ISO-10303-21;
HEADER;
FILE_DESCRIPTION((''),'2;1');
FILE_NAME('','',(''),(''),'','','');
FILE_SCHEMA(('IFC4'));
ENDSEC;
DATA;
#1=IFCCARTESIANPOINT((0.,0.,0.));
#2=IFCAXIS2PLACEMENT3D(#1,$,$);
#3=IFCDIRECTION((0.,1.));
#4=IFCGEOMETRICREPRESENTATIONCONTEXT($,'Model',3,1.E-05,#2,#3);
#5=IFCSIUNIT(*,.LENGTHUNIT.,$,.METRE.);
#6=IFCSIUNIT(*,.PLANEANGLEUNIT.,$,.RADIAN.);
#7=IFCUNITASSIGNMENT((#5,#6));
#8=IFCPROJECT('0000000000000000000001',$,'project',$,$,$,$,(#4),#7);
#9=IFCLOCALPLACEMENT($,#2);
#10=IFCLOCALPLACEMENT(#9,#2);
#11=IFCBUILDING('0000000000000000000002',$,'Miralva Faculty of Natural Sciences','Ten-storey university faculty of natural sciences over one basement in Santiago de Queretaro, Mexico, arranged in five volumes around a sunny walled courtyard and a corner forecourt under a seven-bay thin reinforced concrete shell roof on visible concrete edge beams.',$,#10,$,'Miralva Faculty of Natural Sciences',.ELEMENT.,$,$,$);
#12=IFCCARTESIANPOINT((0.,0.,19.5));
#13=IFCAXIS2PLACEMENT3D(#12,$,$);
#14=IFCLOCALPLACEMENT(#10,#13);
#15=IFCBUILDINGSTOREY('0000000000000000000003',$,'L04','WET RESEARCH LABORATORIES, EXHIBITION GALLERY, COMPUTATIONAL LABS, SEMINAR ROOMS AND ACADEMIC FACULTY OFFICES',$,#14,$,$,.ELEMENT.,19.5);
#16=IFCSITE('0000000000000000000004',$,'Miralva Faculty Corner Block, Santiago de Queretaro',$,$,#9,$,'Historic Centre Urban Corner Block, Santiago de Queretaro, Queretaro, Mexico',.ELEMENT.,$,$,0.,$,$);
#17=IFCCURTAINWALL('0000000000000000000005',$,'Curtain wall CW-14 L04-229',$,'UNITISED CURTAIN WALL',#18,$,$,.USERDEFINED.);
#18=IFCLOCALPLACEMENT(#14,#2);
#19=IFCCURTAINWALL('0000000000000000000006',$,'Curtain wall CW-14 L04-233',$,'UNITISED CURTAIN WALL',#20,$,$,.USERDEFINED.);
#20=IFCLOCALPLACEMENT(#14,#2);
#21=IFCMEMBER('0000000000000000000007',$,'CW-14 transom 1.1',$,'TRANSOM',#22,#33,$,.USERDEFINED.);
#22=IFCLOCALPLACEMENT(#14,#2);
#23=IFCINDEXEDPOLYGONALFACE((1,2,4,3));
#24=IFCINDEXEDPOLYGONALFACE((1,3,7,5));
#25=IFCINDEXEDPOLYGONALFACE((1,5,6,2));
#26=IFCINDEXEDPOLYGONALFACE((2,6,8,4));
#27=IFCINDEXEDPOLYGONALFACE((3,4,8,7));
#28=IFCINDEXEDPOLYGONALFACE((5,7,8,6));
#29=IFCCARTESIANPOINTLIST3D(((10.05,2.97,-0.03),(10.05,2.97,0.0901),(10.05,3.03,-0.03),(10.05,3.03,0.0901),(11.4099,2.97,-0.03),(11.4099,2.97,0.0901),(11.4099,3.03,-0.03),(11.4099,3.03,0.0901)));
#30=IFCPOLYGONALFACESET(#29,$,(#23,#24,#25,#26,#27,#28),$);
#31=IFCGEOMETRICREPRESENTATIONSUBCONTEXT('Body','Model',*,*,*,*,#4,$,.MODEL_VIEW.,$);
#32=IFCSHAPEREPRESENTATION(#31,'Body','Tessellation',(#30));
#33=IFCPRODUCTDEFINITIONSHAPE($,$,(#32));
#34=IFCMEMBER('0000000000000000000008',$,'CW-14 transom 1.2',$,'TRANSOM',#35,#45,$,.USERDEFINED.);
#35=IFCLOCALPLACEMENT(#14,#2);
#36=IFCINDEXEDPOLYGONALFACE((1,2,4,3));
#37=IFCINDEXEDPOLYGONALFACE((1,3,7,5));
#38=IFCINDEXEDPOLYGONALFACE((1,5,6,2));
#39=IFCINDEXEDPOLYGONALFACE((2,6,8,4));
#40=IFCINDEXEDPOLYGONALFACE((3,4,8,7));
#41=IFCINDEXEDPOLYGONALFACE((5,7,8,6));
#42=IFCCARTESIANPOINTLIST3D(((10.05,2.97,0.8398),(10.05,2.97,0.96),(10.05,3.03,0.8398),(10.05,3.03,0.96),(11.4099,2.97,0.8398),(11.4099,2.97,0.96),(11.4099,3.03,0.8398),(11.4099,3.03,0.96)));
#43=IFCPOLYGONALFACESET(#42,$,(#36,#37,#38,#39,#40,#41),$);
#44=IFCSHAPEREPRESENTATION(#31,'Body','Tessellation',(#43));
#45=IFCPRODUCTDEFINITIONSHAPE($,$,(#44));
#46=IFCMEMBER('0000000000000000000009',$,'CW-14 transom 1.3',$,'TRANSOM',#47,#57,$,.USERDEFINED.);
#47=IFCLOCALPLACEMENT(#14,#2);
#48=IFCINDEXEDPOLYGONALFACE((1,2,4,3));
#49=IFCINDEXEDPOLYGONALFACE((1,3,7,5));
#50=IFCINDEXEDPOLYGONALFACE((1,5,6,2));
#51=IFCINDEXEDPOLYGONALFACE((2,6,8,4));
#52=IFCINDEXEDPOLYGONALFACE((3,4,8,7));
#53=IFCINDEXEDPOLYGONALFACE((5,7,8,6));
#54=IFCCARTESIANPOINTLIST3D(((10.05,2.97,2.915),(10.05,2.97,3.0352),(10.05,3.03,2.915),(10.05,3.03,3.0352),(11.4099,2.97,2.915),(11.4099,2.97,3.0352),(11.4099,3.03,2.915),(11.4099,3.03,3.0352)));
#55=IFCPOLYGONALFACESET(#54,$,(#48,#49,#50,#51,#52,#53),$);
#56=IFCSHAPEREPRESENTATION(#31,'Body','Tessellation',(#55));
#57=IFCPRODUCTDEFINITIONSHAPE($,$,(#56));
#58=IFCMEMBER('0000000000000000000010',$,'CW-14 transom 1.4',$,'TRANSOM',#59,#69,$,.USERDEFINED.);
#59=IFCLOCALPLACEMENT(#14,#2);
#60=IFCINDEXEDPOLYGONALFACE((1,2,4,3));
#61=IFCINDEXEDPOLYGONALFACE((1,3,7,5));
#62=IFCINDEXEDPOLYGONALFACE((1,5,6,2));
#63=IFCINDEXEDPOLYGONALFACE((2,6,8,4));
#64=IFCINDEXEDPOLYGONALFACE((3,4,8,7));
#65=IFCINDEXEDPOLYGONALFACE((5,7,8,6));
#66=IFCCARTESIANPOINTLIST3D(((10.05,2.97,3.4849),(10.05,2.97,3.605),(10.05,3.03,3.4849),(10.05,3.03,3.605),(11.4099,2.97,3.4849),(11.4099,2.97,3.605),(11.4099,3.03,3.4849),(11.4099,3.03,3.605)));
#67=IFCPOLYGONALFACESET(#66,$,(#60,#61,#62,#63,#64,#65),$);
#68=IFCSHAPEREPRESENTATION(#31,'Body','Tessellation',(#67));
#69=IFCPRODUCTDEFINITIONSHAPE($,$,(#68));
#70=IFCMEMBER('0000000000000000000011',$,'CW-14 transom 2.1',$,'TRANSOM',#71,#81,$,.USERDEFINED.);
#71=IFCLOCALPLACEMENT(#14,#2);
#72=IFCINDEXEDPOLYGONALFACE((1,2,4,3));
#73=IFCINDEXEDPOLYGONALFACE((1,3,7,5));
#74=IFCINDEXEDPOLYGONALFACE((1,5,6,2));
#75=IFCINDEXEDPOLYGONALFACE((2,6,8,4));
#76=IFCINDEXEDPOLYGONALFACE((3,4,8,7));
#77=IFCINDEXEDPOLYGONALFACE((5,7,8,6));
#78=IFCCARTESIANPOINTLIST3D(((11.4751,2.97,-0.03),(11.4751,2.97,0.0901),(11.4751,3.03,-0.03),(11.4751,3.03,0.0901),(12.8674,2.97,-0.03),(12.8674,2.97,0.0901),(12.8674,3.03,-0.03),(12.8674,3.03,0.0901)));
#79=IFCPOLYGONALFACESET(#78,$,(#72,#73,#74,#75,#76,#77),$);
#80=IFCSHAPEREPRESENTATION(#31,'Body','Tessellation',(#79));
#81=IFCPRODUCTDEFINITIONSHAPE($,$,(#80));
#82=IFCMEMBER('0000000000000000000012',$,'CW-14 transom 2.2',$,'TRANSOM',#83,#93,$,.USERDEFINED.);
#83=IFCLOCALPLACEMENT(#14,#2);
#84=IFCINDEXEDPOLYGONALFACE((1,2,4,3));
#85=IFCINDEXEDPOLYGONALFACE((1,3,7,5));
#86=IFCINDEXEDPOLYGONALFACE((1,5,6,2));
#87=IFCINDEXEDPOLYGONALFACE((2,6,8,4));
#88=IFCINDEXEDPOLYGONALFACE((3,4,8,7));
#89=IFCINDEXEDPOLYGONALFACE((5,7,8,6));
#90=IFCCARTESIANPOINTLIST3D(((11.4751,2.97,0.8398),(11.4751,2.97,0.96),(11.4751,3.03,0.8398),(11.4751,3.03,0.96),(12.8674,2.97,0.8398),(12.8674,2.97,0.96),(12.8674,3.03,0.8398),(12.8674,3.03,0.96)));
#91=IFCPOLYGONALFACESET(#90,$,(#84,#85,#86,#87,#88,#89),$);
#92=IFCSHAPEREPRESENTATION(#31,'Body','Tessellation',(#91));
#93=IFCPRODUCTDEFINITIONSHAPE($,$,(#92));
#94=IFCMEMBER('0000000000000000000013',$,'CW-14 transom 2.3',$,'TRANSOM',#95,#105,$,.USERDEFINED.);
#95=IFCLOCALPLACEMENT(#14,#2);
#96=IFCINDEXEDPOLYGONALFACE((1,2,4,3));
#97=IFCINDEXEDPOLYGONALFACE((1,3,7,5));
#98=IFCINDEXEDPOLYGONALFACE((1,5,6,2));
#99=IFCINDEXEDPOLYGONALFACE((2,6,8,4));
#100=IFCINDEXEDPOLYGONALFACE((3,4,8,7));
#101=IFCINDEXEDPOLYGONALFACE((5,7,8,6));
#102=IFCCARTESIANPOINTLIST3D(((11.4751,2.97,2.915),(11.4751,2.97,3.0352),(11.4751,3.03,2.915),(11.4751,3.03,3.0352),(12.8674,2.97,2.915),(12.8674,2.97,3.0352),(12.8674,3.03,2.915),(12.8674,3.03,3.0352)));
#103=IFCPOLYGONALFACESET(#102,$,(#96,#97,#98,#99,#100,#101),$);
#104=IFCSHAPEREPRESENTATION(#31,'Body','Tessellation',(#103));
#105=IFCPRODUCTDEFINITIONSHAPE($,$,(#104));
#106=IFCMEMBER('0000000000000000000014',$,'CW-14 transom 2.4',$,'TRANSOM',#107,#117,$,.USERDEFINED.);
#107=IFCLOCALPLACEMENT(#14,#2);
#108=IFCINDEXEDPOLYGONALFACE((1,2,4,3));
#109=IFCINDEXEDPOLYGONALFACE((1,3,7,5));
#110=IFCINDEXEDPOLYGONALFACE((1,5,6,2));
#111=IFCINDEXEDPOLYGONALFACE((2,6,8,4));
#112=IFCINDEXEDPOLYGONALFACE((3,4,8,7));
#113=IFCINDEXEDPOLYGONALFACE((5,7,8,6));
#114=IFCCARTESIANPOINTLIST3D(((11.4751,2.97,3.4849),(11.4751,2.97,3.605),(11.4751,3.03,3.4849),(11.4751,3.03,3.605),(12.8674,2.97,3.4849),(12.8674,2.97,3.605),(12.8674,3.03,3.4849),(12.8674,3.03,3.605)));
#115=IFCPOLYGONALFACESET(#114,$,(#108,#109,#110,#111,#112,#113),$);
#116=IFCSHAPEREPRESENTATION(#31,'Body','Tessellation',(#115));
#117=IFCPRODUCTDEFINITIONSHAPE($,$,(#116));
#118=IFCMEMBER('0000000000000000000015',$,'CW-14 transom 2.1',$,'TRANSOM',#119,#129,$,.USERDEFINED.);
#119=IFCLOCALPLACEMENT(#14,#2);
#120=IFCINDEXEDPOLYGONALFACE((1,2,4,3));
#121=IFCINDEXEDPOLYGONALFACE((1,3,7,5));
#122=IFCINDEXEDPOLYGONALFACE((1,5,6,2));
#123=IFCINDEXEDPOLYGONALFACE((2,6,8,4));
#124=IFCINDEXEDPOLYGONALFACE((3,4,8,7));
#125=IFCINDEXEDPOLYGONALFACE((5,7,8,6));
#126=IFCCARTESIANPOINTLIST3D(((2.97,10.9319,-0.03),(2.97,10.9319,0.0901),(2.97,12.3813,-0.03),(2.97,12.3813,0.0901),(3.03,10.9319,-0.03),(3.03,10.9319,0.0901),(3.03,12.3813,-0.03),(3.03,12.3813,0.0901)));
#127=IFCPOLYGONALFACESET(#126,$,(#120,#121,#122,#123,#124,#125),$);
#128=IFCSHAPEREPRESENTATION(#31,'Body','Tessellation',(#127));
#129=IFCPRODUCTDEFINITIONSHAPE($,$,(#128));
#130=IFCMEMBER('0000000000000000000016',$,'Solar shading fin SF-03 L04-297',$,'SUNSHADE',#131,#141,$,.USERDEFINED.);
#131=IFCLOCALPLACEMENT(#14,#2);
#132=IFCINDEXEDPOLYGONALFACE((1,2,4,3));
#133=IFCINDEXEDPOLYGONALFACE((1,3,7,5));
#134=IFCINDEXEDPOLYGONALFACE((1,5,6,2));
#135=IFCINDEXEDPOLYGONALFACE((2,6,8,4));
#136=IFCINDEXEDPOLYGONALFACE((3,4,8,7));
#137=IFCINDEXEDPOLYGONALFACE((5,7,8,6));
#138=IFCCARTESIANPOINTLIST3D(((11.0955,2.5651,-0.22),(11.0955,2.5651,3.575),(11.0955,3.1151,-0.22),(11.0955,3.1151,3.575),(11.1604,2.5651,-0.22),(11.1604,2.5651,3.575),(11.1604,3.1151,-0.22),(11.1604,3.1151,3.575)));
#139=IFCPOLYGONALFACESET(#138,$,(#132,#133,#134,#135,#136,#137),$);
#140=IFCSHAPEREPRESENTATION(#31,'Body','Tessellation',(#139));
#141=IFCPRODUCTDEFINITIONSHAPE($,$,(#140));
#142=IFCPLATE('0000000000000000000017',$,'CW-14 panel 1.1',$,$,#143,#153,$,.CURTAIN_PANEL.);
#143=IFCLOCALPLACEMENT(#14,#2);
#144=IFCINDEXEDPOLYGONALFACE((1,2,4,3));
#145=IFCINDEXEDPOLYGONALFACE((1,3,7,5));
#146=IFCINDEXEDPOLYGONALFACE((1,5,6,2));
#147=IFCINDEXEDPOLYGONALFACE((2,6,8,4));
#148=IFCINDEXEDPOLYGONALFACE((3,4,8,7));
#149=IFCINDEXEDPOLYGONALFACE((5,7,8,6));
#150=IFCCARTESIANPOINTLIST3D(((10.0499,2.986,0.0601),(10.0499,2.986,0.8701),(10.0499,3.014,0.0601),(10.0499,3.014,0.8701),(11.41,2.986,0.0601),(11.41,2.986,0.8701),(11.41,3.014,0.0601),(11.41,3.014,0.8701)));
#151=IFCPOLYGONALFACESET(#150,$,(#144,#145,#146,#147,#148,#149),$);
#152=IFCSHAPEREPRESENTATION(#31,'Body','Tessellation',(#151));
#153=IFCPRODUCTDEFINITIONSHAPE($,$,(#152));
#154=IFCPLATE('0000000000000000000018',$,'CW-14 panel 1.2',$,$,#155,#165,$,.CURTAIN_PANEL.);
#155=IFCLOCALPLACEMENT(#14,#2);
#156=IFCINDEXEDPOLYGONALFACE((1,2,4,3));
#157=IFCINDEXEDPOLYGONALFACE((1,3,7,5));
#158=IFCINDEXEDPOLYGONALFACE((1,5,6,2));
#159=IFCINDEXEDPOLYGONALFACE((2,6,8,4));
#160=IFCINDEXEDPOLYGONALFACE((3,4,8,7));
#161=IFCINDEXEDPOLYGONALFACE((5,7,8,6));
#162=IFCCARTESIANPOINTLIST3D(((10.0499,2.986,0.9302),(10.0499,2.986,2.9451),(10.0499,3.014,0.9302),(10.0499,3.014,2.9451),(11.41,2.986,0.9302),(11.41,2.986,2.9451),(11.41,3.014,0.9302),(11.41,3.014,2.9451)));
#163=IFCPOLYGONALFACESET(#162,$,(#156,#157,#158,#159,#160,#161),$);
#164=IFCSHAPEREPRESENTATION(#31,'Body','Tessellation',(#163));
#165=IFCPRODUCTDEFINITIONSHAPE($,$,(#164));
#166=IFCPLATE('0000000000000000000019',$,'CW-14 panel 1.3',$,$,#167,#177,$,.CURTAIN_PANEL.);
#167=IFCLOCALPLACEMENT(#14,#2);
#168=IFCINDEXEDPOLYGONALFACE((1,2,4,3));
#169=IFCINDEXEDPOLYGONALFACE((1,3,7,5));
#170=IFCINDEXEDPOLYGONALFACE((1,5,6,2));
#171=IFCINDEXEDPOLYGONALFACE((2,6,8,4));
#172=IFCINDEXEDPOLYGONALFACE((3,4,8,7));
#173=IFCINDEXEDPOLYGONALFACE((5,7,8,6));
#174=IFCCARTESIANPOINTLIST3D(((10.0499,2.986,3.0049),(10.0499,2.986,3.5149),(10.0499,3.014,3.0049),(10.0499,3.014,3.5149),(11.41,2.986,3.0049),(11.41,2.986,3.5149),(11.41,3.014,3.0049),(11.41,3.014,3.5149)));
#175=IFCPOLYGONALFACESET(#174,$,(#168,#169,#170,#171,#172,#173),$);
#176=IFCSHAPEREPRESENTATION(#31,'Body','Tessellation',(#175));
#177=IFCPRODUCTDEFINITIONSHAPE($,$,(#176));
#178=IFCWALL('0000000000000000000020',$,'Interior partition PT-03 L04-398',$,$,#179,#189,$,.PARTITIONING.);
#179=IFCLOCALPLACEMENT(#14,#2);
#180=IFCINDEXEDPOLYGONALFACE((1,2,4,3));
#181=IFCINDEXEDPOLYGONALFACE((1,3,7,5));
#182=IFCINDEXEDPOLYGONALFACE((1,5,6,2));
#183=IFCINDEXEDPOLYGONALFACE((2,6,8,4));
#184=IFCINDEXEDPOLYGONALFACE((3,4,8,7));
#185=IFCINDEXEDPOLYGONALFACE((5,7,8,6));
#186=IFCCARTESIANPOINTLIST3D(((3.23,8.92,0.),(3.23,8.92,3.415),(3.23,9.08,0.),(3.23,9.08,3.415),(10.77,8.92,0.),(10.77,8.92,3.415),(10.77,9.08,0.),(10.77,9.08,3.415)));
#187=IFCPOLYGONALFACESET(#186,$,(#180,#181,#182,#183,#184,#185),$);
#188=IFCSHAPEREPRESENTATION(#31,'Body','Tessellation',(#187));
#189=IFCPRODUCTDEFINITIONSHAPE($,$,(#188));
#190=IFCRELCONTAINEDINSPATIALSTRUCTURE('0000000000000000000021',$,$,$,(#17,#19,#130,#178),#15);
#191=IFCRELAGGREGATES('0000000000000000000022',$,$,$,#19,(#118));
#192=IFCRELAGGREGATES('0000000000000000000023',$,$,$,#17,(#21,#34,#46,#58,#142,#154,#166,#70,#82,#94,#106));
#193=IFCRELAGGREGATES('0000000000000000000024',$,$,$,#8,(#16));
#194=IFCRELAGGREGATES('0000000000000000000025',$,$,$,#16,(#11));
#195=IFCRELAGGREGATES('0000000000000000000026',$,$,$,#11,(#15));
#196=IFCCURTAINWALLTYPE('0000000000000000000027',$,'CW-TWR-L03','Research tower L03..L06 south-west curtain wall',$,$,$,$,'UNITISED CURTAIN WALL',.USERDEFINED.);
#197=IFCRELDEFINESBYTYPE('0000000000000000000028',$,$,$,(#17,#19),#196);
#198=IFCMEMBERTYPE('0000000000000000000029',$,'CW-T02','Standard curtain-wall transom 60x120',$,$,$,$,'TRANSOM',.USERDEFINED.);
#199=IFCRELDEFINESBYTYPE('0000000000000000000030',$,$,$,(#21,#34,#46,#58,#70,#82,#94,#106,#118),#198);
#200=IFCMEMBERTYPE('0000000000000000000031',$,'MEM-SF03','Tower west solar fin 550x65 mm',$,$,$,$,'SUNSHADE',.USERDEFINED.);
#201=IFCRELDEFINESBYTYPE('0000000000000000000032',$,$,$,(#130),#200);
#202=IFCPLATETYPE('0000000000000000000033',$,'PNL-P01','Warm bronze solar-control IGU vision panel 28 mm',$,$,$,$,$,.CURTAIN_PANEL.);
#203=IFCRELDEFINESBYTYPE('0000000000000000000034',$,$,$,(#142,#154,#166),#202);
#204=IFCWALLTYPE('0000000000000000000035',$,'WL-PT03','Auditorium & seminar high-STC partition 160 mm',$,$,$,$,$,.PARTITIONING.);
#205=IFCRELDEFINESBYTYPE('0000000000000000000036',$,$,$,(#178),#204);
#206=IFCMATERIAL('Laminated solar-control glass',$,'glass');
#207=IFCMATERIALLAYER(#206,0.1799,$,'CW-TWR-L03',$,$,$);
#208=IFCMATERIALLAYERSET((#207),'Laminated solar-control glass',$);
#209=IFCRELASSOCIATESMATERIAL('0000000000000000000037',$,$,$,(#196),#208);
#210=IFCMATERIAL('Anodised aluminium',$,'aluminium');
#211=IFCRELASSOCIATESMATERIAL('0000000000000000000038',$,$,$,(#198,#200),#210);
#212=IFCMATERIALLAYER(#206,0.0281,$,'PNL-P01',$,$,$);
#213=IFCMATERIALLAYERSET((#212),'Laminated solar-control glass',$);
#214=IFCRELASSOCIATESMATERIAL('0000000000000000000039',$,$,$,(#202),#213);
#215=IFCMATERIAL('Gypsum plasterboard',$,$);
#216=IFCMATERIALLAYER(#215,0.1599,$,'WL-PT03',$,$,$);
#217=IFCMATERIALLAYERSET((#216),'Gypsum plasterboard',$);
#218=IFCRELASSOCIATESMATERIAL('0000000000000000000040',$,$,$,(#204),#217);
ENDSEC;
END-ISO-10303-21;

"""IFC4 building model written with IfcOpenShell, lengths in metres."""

from ifc_helpers import new_model, si_unit, direction, frame, frame_2d, origin, origin_2d, place, context, subcontext, project, spatial, rectangle, extrude, material, layer, layer_set, material_profile, profile_set, type_object, element, aggregate, save


model = new_model("IFC4")

# Units and contexts
model_context = context("Model", 3, precision=1e-05, world=origin(), true_north=direction((0.0, 1.0)))
body_context = subcontext(model_context, "Body", "Model", "MODEL_VIEW")
ifc_project = project(units=[si_unit("LENGTHUNIT", "METRE"), si_unit("PLANEANGLEUNIT", "RADIAN")], contexts=[model_context])

# Site, building, storey
site_placement = place(None, origin())
site = spatial("IfcSite", under=ifc_project, at=site_placement, Name="Miralva Faculty Corner Block, Santiago de Queretaro", LongName="Historic Centre Urban Corner Block, Santiago de Queretaro, Queretaro, Mexico", CompositionType="ELEMENT", RefElevation=0.0)
building_placement = place(site_placement, origin())
building = spatial("IfcBuilding", under=site, at=building_placement, Name="Miralva Faculty of Natural Sciences", Description="Ten-storey university faculty of natural sciences over one basement in Santiago de Queretaro, Mexico, arranged in five volumes around a sunny walled courtyard and a corner forecourt under a seven-bay thin reinforced concrete shell roof on visible concrete edge beams.", LongName="Miralva Faculty of Natural Sciences", CompositionType="ELEMENT")
storey_placement = place(building_placement, frame((0.0, 0.0, 19.5)))
storey = spatial("IfcBuildingStorey", under=building, at=storey_placement, Name="L04", Description="WET RESEARCH LABORATORIES, EXHIBITION GALLERY, COMPUTATIONAL LABS, SEMINAR ROOMS AND ACADEMIC FACULTY OFFICES", CompositionType="ELEMENT", Elevation=19.5)

# Curtain wall
ifc_material_1 = material(Name="Laminated solar-control glass", Category="glass")
ifc_layer_1 = layer(ifc_material_1, 0.1799, Name="CW-TWR-L03")
ifc_layer_set_1 = layer_set([ifc_layer_1], Name="Laminated solar-control glass")
curtain_wall_type = type_object("IfcCurtainWallType", Name="CW-TWR-L03", Description="Research tower L03..L06 south-west curtain wall", ElementType="UNITISED CURTAIN WALL", PredefinedType="USERDEFINED", material=ifc_layer_set_1)
curtain_wall_1_placement = place(storey_placement, origin())
curtain_wall_1 = element("IfcCurtainWall", 1, at=curtain_wall_1_placement, inside=storey, type_object=curtain_wall_type, Name="Curtain wall CW-14 L04-229", ObjectType="UNITISED CURTAIN WALL", PredefinedType="USERDEFINED")
ifc_material_2 = material(Name="Anodised aluminium", Category="aluminium")

# Curtain wall
curtain_wall_2_placement = place(storey_placement, origin())
curtain_wall_2 = element("IfcCurtainWall", 2, at=curtain_wall_2_placement, inside=storey, type_object=curtain_wall_type, Name="Curtain wall CW-14 L04-233", ObjectType="UNITISED CURTAIN WALL", PredefinedType="USERDEFINED")

# Members
ifc_material_profile_1 = material_profile(ifc_material_2, rectangle(XDim=0.0601, YDim=0.1201, at=origin_2d()), Name="TRANSOM 60x120")
ifc_profile_set_1 = profile_set([ifc_material_profile_1], Name="Anodised aluminium")
member_type_1 = type_object("IfcMemberType", Name="CW-T02", Description="Standard curtain-wall transom 60x120", ElementType="TRANSOM", PredefinedType="USERDEFINED", material=ifc_profile_set_1)
member_1_placement = place(storey_placement, frame((10.05, 3.0, 0.03), z_axis=(1.0, 0.0, 0.0), x_axis=(0.0, 1.0, 0.0)))
member_1 = element("IfcMember", 3, at=member_1_placement, type_object=member_type_1, Name="CW-14 transom 1.1", ObjectType="TRANSOM", PredefinedType="USERDEFINED", context=body_context, shape_type="SweptSolid", body=[
    extrude(rectangle(XDim=0.0601, YDim=0.1201, at=origin_2d()), origin(), (0.0, 0.0, 1.0), 1.3599),
])
member_2_placement = place(storey_placement, frame((10.05, 3.0, 0.8999), z_axis=(1.0, 0.0, 0.0), x_axis=(0.0, 1.0, 0.0)))
member_2 = element("IfcMember", 4, at=member_2_placement, type_object=member_type_1, Name="CW-14 transom 1.2", ObjectType="TRANSOM", PredefinedType="USERDEFINED", context=body_context, shape_type="SweptSolid", body=[
    extrude(rectangle(XDim=0.0601, YDim=0.1201, at=origin_2d()), origin(), (0.0, 0.0, 1.0), 1.3599),
])
member_3_placement = place(storey_placement, frame((10.05, 3.0, 2.9751), z_axis=(1.0, 0.0, 0.0), x_axis=(0.0, 1.0, 0.0)))
member_3 = element("IfcMember", 5, at=member_3_placement, type_object=member_type_1, Name="CW-14 transom 1.3", ObjectType="TRANSOM", PredefinedType="USERDEFINED", context=body_context, shape_type="SweptSolid", body=[
    extrude(rectangle(XDim=0.0601, YDim=0.1201, at=origin_2d()), origin(), (0.0, 0.0, 1.0), 1.3599),
])
member_4_placement = place(storey_placement, frame((10.05, 3.0, 3.5449), z_axis=(1.0, 0.0, 0.0), x_axis=(0.0, 1.0, 0.0)))
member_4 = element("IfcMember", 6, at=member_4_placement, type_object=member_type_1, Name="CW-14 transom 1.4", ObjectType="TRANSOM", PredefinedType="USERDEFINED", context=body_context, shape_type="SweptSolid", body=[
    extrude(rectangle(XDim=0.0601, YDim=0.1201, at=origin_2d()), origin(), (0.0, 0.0, 1.0), 1.3599),
])
member_5_placement = place(storey_placement, frame((11.4751, 3.0, 0.03), z_axis=(1.0, 0.0, 0.0), x_axis=(0.0, 1.0, 0.0)))
member_5 = element("IfcMember", 7, at=member_5_placement, type_object=member_type_1, Name="CW-14 transom 2.1", ObjectType="TRANSOM", PredefinedType="USERDEFINED", context=body_context, shape_type="SweptSolid", body=[
    extrude(rectangle(XDim=0.0601, YDim=0.1201, at=origin_2d()), origin(), (0.0, 0.0, 1.0), 1.3923),
])
member_6_placement = place(storey_placement, frame((11.4751, 3.0, 0.8999), z_axis=(1.0, 0.0, 0.0), x_axis=(0.0, 1.0, 0.0)))
member_6 = element("IfcMember", 8, at=member_6_placement, type_object=member_type_1, Name="CW-14 transom 2.2", ObjectType="TRANSOM", PredefinedType="USERDEFINED", context=body_context, shape_type="SweptSolid", body=[
    extrude(rectangle(XDim=0.0601, YDim=0.1201, at=origin_2d()), origin(), (0.0, 0.0, 1.0), 1.3923),
])
member_7_placement = place(storey_placement, frame((11.4751, 3.0, 2.9751), z_axis=(1.0, 0.0, 0.0), x_axis=(0.0, 1.0, 0.0)))
member_7 = element("IfcMember", 9, at=member_7_placement, type_object=member_type_1, Name="CW-14 transom 2.3", ObjectType="TRANSOM", PredefinedType="USERDEFINED", context=body_context, shape_type="SweptSolid", body=[
    extrude(rectangle(XDim=0.0601, YDim=0.1201, at=origin_2d()), origin(), (0.0, 0.0, 1.0), 1.3923),
])
member_8_placement = place(storey_placement, frame((11.4751, 3.0, 3.5449), z_axis=(1.0, 0.0, 0.0), x_axis=(0.0, 1.0, 0.0)))
member_8 = element("IfcMember", 10, at=member_8_placement, type_object=member_type_1, Name="CW-14 transom 2.4", ObjectType="TRANSOM", PredefinedType="USERDEFINED", context=body_context, shape_type="SweptSolid", body=[
    extrude(rectangle(XDim=0.0601, YDim=0.1201, at=origin_2d()), origin(), (0.0, 0.0, 1.0), 1.3923),
])
member_9_placement = place(storey_placement, frame((3.0, 10.9319, 0.03), z_axis=(0.0, 1.0, 0.0), x_axis=(-1.0, 0.0, 0.0)))
member_9 = element("IfcMember", 11, at=member_9_placement, type_object=member_type_1, Name="CW-14 transom 2.1", ObjectType="TRANSOM", PredefinedType="USERDEFINED", context=body_context, shape_type="SweptSolid", body=[
    extrude(rectangle(XDim=0.0601, YDim=0.1201, at=origin_2d()), origin(), (0.0, 0.0, 1.0), 1.4495),
])
aggregate(curtain_wall_2, [member_9])
ifc_material_profile_2 = material_profile(ifc_material_2, rectangle(XDim=0.0649, YDim=0.55, at=origin_2d()), Name="FIN 550x65")
ifc_profile_set_2 = profile_set([ifc_material_profile_2], Name="Anodised aluminium")
member_type_2 = type_object("IfcMemberType", Name="MEM-SF03", Description="Tower west solar fin 550x65 mm", ElementType="SUNSHADE", PredefinedType="USERDEFINED", material=ifc_profile_set_2)
member_10_placement = place(storey_placement, frame((11.1279, 2.8401, -0.22), z_axis=(0.0, 0.0, 1.0), x_axis=(1.0, 0.0, 0.0)))
element("IfcMember", 12, at=member_10_placement, inside=storey, type_object=member_type_2, Name="Solar shading fin SF-03 L04-297", ObjectType="SUNSHADE", PredefinedType="USERDEFINED", context=body_context, shape_type="SweptSolid", body=[
    extrude(rectangle(XDim=0.0649, YDim=0.55, at=origin_2d()), origin(), (0.0, 0.0, 1.0), 3.7949),
])

# Plates
ifc_layer_2 = layer(ifc_material_1, 0.0281, Name="PNL-P01")
ifc_layer_set_2 = layer_set([ifc_layer_2], Name="Laminated solar-control glass")
plate_type = type_object("IfcPlateType", Name="PNL-P01", Description="Warm bronze solar-control IGU vision panel 28 mm", PredefinedType="CURTAIN_PANEL", material=ifc_layer_set_2)
plate_1_placement = place(storey_placement, frame((10.73, 3.0, 0.0601), z_axis=(0.0, 0.0, 1.0), x_axis=(1.0, 0.0, 0.0)))
plate_1 = element("IfcPlate", 13, at=plate_1_placement, type_object=plate_type, Name="CW-14 panel 1.1", PredefinedType="CURTAIN_PANEL", context=body_context, shape_type="SweptSolid", body=[
    extrude(rectangle(XDim=1.3601, YDim=0.0281, at=origin_2d()), origin(), (0.0, 0.0, 1.0), 0.8101),
])
plate_2_placement = place(storey_placement, frame((10.73, 3.0, 0.9302), z_axis=(0.0, 0.0, 1.0), x_axis=(1.0, 0.0, 0.0)))
plate_2 = element("IfcPlate", 14, at=plate_2_placement, type_object=plate_type, Name="CW-14 panel 1.2", PredefinedType="CURTAIN_PANEL", context=body_context, shape_type="SweptSolid", body=[
    extrude(rectangle(XDim=1.3601, YDim=0.0281, at=origin_2d()), origin(), (0.0, 0.0, 1.0), 2.0149),
])
plate_3_placement = place(storey_placement, frame((10.73, 3.0, 3.0049), z_axis=(0.0, 0.0, 1.0), x_axis=(1.0, 0.0, 0.0)))
plate_3 = element("IfcPlate", 15, at=plate_3_placement, type_object=plate_type, Name="CW-14 panel 1.3", PredefinedType="CURTAIN_PANEL", context=body_context, shape_type="SweptSolid", body=[
    extrude(rectangle(XDim=1.3601, YDim=0.0281, at=origin_2d()), origin(), (0.0, 0.0, 1.0), 0.51),
])
aggregate(curtain_wall_1, [member_1, member_2, member_3, member_4, plate_1, plate_2, plate_3, member_5, member_6, member_7, member_8])

# Wall
ifc_material_3 = material(Name="Gypsum plasterboard")
ifc_layer_3 = layer(ifc_material_3, 0.1599, Name="WL-PT03")
ifc_layer_set_3 = layer_set([ifc_layer_3], Name="Gypsum plasterboard")
wall_type_1 = type_object("IfcWallType", Name="WL-PT03", Description="Auditorium & seminar high-STC partition 160 mm", PredefinedType="PARTITIONING", material=ifc_layer_set_3)
wall_1_placement = place(storey_placement, frame((3.23, 9.0, 0.0), z_axis=(0.0, 0.0, 1.0), x_axis=(1.0, 0.0, 0.0)))
element("IfcWall", 16, at=wall_1_placement, inside=storey, type_object=wall_type_1, Name="Interior partition PT-03 L04-398", PredefinedType="PARTITIONING", context=body_context, shape_type="SweptSolid", body=[
    extrude(rectangle(XDim=7.54, YDim=0.1599, at=frame_2d((3.77, 0.0))), origin(), (0.0, 0.0, 1.0), 3.415),
])

save(model, "model.ifc")
